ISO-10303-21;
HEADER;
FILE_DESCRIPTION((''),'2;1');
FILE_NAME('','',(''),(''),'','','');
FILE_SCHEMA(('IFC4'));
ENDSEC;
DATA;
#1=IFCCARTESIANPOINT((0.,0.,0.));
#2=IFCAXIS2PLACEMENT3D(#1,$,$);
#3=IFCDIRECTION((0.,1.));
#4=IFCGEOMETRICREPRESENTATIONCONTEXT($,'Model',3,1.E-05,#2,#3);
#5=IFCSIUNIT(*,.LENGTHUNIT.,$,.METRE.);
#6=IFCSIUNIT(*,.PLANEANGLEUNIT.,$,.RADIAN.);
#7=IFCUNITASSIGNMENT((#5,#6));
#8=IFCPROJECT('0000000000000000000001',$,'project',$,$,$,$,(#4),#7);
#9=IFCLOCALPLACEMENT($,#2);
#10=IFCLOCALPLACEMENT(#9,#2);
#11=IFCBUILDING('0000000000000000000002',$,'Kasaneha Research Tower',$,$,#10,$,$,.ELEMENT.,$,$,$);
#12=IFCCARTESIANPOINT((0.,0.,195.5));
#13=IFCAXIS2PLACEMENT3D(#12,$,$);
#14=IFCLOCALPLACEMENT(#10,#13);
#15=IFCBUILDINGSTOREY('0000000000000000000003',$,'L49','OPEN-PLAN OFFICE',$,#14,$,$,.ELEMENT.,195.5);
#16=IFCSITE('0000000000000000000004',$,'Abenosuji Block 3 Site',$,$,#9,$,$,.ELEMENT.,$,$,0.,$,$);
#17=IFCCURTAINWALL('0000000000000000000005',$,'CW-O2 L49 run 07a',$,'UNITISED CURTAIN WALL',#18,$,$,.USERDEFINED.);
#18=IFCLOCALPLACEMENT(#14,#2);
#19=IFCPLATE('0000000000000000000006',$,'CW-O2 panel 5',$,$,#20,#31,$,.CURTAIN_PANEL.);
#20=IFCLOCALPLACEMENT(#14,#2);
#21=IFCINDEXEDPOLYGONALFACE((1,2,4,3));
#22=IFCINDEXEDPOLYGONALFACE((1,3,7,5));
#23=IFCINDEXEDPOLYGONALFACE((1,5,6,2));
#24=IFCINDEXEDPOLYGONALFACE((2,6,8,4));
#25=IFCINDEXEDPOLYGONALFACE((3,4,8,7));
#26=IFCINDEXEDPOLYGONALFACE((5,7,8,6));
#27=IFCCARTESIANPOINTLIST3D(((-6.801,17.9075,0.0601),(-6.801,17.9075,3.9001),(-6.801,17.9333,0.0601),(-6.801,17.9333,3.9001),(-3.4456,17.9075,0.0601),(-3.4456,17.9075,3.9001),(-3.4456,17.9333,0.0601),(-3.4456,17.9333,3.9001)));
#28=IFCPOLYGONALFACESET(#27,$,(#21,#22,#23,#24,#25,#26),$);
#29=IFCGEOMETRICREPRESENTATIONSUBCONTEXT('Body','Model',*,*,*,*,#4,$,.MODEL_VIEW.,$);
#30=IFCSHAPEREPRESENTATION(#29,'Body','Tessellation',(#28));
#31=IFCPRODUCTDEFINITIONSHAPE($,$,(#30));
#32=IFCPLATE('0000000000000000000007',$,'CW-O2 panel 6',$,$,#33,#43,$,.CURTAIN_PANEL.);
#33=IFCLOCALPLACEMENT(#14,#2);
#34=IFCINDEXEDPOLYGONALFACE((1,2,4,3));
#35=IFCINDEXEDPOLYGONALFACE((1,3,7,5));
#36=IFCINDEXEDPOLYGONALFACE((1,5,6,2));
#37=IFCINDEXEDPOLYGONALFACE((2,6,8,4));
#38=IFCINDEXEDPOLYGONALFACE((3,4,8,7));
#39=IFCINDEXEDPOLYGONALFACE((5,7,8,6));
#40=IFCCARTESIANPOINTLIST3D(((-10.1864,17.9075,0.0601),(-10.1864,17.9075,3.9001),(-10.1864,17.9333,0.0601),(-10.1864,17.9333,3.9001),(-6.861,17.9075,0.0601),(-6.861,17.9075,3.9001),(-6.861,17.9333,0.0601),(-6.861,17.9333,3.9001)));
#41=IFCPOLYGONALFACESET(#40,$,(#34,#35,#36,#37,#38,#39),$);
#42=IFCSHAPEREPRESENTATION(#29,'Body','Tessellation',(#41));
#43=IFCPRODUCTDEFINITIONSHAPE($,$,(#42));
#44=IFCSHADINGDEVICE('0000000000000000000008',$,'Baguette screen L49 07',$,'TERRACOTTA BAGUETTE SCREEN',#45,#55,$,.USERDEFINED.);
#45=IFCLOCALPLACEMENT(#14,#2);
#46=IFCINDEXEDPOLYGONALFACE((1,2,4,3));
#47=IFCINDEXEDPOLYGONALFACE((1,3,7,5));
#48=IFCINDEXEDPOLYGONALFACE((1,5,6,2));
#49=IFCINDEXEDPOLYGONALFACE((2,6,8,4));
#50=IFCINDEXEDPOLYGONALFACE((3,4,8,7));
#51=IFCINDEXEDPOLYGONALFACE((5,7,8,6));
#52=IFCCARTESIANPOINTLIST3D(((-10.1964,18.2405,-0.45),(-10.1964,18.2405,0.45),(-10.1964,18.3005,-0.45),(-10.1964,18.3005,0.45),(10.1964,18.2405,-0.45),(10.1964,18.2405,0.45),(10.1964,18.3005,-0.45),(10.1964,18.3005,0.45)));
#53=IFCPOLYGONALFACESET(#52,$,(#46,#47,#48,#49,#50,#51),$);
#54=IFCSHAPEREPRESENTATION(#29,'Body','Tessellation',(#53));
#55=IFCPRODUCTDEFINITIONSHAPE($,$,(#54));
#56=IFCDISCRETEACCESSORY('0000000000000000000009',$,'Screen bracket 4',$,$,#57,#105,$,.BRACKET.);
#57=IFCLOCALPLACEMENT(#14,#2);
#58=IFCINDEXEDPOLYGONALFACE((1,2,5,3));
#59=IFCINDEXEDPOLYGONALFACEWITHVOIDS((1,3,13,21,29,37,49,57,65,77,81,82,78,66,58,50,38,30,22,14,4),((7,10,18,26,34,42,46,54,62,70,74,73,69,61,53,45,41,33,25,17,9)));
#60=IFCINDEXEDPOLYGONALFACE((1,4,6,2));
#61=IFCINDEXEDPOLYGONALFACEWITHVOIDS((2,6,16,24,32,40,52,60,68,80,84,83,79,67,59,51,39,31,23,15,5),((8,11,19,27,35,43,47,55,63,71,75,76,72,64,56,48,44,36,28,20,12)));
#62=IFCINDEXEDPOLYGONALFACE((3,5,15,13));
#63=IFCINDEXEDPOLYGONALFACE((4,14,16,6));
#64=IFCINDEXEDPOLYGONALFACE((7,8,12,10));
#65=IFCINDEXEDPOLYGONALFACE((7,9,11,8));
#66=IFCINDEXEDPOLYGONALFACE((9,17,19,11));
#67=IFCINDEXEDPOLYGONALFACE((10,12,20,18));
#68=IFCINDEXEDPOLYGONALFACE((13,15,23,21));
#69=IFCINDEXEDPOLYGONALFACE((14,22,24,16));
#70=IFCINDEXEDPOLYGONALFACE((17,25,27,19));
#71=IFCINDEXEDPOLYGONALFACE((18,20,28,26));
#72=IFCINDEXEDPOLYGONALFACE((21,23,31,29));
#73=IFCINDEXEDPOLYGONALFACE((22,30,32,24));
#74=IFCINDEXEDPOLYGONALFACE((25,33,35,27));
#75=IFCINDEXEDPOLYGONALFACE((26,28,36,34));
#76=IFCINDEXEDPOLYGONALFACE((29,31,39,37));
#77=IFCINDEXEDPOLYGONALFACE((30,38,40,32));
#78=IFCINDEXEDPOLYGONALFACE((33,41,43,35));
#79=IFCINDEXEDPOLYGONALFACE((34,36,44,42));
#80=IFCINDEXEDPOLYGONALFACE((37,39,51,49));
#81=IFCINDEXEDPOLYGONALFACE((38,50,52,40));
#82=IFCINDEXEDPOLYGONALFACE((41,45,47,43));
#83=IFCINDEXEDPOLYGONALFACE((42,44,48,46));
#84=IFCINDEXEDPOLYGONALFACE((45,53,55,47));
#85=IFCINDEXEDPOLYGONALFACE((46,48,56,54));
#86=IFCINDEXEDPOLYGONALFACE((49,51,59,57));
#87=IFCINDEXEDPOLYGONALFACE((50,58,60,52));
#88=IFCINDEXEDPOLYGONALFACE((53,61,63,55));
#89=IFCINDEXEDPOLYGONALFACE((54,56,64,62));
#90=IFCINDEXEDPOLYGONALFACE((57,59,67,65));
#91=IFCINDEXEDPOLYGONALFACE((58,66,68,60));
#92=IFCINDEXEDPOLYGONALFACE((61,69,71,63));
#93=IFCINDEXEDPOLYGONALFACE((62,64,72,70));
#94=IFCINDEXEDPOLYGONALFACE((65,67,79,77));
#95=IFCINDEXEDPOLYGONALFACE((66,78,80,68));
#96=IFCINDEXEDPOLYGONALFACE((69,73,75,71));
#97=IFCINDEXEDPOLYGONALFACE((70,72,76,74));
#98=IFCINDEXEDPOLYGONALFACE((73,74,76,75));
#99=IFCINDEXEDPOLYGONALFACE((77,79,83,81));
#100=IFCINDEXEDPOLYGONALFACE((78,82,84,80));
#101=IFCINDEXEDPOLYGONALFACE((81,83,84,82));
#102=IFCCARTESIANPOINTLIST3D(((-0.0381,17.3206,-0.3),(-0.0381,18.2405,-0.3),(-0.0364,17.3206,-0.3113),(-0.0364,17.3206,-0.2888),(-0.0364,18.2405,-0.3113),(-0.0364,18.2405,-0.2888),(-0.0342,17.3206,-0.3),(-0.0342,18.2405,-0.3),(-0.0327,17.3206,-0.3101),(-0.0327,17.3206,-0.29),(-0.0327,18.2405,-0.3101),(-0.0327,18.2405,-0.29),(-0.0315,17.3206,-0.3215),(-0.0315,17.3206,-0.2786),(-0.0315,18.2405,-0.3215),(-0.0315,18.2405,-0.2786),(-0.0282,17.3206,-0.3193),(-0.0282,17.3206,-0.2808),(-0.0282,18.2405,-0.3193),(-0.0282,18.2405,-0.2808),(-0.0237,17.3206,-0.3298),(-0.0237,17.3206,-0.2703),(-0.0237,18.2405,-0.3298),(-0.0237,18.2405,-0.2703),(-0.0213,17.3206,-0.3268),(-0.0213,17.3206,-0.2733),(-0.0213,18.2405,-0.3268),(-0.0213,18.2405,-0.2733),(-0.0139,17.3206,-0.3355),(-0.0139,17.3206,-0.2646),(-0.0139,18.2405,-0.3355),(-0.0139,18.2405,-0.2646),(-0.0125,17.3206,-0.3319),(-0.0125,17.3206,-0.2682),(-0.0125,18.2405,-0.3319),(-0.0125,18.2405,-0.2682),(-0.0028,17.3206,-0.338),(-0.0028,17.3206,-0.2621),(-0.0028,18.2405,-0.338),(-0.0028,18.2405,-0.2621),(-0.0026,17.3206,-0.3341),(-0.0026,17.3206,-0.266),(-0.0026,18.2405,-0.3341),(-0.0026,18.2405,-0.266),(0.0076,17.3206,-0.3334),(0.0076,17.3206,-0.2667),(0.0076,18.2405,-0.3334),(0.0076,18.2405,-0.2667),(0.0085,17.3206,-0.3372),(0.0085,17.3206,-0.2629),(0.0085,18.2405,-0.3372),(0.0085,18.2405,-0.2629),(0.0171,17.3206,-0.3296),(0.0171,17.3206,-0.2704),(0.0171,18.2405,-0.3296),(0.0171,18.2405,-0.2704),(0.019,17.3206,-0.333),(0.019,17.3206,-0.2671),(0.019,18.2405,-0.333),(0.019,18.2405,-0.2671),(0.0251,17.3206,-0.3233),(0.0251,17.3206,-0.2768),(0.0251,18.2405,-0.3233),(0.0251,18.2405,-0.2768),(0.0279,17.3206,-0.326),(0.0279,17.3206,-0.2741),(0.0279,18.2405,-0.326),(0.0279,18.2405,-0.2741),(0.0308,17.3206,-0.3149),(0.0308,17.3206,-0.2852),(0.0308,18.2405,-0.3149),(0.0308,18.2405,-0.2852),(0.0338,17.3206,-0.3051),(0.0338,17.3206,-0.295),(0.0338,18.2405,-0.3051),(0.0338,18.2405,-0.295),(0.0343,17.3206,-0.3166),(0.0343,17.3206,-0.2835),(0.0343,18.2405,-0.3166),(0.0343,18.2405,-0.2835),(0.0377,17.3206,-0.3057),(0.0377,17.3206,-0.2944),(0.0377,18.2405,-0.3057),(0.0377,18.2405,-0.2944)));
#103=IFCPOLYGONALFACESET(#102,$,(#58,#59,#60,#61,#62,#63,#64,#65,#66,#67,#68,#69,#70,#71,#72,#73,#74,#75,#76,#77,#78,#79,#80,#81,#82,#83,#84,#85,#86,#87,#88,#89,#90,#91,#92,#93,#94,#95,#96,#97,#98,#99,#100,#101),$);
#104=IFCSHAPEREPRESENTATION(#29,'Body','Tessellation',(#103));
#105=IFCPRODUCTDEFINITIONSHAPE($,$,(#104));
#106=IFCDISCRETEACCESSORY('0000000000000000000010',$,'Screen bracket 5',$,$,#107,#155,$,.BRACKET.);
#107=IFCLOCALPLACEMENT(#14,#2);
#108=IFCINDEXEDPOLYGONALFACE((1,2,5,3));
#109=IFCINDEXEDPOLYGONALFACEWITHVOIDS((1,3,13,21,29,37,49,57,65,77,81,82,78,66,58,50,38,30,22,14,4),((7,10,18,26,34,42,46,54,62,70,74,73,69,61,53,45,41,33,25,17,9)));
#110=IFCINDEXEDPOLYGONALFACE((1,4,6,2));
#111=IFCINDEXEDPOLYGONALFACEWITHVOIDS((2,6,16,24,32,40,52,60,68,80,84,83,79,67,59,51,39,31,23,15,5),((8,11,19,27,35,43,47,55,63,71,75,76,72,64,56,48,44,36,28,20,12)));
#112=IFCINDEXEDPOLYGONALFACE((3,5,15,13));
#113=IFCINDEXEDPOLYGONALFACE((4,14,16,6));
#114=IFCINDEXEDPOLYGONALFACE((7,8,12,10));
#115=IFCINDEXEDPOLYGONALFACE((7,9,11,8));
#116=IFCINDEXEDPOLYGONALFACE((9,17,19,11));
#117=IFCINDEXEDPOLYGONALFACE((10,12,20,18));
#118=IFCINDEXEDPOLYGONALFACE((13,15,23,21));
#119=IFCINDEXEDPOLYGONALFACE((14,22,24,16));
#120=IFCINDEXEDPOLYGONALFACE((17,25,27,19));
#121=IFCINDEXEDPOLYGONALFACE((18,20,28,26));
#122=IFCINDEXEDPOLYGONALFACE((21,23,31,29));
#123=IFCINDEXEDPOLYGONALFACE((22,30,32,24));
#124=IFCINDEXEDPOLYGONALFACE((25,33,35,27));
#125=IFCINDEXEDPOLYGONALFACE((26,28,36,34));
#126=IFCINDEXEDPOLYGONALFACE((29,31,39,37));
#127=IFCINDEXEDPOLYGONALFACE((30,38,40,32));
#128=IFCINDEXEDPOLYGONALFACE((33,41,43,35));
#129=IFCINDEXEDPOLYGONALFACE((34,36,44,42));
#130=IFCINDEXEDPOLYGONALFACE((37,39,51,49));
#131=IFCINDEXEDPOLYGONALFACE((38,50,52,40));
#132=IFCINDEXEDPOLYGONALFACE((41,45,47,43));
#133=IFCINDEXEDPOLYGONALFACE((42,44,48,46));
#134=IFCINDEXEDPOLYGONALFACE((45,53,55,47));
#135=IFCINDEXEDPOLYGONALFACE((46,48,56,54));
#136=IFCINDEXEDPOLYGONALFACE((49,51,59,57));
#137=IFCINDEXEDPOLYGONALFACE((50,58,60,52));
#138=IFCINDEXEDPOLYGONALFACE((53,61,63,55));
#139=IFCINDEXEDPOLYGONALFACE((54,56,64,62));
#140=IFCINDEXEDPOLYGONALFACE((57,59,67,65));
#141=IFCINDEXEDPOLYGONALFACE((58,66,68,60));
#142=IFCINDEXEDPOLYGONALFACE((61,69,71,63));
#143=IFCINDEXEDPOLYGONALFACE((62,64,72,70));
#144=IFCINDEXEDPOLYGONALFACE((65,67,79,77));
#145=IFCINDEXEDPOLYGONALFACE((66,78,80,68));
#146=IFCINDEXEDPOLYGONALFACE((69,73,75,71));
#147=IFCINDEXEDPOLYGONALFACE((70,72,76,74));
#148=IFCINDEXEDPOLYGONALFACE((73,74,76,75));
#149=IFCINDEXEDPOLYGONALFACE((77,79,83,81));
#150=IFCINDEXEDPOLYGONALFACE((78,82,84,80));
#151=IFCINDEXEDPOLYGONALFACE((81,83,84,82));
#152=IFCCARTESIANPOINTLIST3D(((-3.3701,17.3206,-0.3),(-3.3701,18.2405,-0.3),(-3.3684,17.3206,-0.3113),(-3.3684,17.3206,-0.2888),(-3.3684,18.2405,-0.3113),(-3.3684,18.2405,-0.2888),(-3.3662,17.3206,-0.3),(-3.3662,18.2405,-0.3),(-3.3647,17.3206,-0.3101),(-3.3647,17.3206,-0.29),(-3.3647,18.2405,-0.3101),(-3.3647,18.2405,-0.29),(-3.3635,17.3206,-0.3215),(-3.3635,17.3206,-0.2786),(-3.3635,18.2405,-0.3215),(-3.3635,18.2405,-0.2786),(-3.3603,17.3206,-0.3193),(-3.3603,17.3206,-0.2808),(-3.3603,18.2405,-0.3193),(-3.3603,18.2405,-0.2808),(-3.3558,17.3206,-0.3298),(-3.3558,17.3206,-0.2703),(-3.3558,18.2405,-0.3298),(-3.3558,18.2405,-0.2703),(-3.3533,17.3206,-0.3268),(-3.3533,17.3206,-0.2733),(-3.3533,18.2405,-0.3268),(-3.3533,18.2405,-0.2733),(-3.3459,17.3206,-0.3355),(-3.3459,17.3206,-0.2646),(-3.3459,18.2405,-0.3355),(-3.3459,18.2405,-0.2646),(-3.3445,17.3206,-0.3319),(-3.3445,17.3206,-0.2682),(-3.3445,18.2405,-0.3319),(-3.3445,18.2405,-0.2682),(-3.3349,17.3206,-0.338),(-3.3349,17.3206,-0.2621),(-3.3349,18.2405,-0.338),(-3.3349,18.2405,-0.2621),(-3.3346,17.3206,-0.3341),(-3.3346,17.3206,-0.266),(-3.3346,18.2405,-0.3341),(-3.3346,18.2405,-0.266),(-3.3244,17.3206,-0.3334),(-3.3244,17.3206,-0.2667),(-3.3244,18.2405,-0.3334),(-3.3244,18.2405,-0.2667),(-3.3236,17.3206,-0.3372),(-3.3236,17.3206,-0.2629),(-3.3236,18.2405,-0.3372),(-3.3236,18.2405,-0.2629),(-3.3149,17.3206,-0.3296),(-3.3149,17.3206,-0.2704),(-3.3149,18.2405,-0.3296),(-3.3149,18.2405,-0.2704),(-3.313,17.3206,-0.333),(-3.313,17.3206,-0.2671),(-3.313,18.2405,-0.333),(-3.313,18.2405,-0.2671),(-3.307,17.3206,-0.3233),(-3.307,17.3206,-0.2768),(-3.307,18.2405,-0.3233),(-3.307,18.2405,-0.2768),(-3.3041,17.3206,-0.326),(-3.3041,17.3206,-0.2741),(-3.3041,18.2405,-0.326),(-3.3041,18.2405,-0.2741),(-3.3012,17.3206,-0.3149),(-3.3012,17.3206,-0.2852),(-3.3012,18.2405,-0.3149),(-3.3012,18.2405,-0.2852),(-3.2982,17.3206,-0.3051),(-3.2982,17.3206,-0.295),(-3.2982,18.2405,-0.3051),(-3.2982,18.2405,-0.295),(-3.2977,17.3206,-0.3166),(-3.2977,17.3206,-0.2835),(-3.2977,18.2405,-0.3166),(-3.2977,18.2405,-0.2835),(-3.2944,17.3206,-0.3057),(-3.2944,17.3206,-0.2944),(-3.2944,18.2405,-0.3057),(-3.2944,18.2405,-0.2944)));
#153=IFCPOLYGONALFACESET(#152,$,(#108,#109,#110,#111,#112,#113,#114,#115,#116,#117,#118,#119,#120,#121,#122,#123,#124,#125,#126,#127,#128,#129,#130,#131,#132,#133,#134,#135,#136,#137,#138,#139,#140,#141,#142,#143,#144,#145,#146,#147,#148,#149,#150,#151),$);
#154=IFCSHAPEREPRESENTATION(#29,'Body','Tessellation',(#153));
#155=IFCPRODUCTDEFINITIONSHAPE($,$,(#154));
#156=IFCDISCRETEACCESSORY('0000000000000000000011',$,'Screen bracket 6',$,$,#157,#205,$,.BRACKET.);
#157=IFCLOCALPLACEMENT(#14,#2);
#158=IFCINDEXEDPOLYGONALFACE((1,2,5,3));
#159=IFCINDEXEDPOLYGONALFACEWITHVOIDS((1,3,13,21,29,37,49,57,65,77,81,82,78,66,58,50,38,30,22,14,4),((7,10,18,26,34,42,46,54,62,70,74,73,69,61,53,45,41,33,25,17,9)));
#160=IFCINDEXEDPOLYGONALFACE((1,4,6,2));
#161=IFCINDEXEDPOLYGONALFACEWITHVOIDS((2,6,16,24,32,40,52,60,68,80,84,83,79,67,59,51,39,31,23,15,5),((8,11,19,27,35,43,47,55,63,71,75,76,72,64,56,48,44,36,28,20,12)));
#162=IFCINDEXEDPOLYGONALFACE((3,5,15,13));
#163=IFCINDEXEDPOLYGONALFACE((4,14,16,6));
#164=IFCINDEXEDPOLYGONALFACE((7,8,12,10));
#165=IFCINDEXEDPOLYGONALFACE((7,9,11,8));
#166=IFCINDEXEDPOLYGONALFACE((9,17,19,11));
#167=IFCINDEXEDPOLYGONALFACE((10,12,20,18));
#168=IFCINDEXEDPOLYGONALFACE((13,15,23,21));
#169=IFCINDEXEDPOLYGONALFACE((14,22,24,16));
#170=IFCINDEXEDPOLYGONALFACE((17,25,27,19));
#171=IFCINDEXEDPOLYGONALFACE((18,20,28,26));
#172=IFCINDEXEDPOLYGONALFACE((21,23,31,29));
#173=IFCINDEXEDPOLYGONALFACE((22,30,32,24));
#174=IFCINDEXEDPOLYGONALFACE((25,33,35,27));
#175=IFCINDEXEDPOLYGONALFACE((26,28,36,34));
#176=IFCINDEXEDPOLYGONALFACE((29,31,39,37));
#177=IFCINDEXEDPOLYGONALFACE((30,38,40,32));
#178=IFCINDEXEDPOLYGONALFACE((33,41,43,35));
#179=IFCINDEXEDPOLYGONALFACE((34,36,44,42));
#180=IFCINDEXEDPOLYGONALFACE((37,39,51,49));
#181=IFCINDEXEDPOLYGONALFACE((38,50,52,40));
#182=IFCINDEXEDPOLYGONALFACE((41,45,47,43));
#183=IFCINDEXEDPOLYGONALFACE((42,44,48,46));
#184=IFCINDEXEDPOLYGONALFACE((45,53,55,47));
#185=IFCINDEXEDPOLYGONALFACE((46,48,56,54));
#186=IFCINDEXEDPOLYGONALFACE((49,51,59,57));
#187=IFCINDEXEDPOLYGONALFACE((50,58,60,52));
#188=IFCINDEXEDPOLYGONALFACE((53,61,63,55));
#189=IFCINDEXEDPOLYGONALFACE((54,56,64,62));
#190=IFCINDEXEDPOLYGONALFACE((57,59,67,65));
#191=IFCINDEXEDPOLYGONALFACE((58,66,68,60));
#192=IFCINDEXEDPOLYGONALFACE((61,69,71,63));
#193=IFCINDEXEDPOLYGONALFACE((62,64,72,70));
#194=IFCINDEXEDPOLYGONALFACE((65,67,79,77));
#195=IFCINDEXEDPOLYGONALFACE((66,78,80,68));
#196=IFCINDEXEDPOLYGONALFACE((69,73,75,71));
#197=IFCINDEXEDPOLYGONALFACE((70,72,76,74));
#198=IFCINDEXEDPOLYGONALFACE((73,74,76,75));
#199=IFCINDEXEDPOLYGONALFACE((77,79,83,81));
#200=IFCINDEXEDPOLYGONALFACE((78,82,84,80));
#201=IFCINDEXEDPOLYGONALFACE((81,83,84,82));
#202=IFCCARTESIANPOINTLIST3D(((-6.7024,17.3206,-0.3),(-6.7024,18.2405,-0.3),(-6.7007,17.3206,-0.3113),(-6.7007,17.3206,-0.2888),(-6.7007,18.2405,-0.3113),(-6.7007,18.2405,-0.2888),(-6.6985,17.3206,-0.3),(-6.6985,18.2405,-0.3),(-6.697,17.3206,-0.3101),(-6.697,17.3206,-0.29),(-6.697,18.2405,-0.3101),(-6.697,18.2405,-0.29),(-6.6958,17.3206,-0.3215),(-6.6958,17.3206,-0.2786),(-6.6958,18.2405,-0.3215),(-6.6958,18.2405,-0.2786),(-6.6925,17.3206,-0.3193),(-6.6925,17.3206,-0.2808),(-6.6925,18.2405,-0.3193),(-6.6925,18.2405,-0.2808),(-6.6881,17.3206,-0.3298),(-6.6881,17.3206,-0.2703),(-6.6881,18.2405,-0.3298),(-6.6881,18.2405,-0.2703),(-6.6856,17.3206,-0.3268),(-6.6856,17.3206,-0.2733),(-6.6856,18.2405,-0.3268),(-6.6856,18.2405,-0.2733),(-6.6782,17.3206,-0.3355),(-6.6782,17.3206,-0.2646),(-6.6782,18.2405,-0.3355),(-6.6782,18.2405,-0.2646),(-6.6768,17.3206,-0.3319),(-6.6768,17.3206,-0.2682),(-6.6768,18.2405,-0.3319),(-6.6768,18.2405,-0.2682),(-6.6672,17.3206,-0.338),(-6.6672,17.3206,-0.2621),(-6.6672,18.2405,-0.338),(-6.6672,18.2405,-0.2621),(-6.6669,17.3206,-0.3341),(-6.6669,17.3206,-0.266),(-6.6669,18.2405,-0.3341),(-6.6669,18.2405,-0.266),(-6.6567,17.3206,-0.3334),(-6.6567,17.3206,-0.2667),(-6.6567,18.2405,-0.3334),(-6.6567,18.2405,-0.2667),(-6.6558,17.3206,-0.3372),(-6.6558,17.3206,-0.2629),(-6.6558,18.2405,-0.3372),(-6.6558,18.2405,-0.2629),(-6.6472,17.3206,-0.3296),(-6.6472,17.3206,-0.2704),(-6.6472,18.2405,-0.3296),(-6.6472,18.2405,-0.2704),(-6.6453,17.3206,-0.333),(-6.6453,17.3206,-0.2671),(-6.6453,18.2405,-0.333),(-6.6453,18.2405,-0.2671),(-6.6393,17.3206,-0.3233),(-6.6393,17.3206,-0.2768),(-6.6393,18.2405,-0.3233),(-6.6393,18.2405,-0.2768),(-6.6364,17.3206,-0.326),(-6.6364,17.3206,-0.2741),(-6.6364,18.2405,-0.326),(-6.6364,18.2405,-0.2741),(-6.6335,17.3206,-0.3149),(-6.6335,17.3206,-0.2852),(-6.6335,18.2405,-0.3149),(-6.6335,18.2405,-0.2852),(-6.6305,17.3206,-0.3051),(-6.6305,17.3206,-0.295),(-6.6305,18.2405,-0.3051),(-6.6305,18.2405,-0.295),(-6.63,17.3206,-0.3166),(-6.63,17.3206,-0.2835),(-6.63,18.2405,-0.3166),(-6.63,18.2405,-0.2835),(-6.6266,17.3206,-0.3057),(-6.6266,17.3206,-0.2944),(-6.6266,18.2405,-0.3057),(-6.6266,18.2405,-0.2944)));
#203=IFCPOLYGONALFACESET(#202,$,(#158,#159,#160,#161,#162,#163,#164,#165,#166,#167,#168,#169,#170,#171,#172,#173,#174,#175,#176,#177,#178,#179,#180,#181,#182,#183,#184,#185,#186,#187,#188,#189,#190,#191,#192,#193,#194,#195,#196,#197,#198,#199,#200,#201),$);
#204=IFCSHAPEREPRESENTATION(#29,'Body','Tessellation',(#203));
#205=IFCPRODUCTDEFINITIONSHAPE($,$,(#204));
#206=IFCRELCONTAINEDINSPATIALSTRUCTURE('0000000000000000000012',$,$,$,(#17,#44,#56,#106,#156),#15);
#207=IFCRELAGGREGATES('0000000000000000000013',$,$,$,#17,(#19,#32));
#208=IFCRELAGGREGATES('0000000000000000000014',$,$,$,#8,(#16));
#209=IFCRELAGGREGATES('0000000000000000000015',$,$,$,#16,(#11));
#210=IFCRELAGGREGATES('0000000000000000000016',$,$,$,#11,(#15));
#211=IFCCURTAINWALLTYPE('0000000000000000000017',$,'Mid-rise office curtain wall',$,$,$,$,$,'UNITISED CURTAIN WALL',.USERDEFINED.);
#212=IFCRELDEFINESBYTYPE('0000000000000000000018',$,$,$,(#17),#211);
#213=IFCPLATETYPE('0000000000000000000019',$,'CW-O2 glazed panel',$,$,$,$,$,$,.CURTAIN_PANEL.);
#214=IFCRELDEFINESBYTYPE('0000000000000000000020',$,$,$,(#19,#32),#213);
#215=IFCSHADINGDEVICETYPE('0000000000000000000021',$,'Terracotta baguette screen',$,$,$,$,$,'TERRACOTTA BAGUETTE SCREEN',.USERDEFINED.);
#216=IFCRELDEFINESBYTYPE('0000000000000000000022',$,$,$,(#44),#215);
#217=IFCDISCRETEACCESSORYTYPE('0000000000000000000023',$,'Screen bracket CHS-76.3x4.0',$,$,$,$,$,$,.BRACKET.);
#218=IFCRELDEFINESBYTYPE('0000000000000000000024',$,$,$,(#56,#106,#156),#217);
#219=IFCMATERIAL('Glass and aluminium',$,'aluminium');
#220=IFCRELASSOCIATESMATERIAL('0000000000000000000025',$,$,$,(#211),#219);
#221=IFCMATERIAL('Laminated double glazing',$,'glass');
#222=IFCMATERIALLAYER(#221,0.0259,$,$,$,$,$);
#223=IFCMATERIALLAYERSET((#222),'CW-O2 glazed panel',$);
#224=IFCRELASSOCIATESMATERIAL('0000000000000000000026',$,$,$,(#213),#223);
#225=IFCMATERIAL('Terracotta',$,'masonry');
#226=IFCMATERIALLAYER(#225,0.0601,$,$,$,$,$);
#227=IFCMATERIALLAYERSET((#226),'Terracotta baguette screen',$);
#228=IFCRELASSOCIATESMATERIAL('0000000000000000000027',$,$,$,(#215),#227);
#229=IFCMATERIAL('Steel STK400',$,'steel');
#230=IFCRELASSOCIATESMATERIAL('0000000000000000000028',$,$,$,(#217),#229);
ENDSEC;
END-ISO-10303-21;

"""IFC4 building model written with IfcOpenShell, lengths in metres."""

from ifc_helpers import new_model, si_unit, direction, frame, origin, origin_2d, place, context, subcontext, project, spatial, rectangle, hollow_circle, extrude, material, layer, layer_set, material_profile, profile_set, type_object, element, aggregate, save


model = new_model("IFC4")

# Units and contexts
model_context = context("Model", 3, precision=1e-05, world=origin(), true_north=direction((0.0, 1.0)))
body_context = subcontext(model_context, "Body", "Model", "MODEL_VIEW")
ifc_project = project(units=[si_unit("LENGTHUNIT", "METRE"), si_unit("PLANEANGLEUNIT", "RADIAN")], contexts=[model_context])

# Site, building, storey
site_placement = place(None, origin())
site = spatial("IfcSite", under=ifc_project, at=site_placement, Name="Abenosuji Block 3 Site", CompositionType="ELEMENT", RefElevation=0.0)
building_placement = place(site_placement, origin())
building = spatial("IfcBuilding", under=site, at=building_placement, Name="Kasaneha Research Tower", CompositionType="ELEMENT")
storey_placement = place(building_placement, frame((0.0, 0.0, 195.5)))
storey = spatial("IfcBuildingStorey", under=building, at=storey_placement, Name="L49", Description="OPEN-PLAN OFFICE", CompositionType="ELEMENT", Elevation=195.5)

# Curtain wall, plates
ifc_material_1 = material(Name="Glass and aluminium", Category="aluminium")
curtain_wall_type = type_object("IfcCurtainWallType", Name="Mid-rise office curtain wall", ElementType="UNITISED CURTAIN WALL", PredefinedType="USERDEFINED", material=ifc_material_1)
curtain_wall_placement = place(storey_placement, origin())
curtain_wall = element("IfcCurtainWall", 1, at=curtain_wall_placement, inside=storey, type_object=curtain_wall_type, Name="CW-O2 L49 run 07a", ObjectType="UNITISED CURTAIN WALL", PredefinedType="USERDEFINED")
ifc_material_2 = material(Name="Laminated double glazing", Category="glass")
ifc_layer_1 = layer(ifc_material_2, 0.0259)
ifc_layer_set_1 = layer_set([ifc_layer_1], Name="CW-O2 glazed panel")
plate_type = type_object("IfcPlateType", Name="CW-O2 glazed panel", PredefinedType="CURTAIN_PANEL", material=ifc_layer_set_1)
plate_1_placement = place(storey_placement, frame((-5.1233, 17.9204, 0.0601), z_axis=(0.0, 0.0, 1.0), x_axis=(-1.0, 0.0, 0.0)))
plate_1 = element("IfcPlate", 2, at=plate_1_placement, type_object=plate_type, Name="CW-O2 panel 5", PredefinedType="CURTAIN_PANEL", context=body_context, shape_type="SweptSolid", body=[
    extrude(rectangle(XDim=3.3555, YDim=0.0259, at=origin_2d()), origin(), (0.0, 0.0, 1.0), 3.8401),
])
plate_2_placement = place(storey_placement, frame((-8.5237, 17.9204, 0.0601), z_axis=(0.0, 0.0, 1.0), x_axis=(-1.0, 0.0, 0.0)))
plate_2 = element("IfcPlate", 3, at=plate_2_placement, type_object=plate_type, Name="CW-O2 panel 6", PredefinedType="CURTAIN_PANEL", context=body_context, shape_type="SweptSolid", body=[
    extrude(rectangle(XDim=3.3254, YDim=0.0259, at=origin_2d()), origin(), (0.0, 0.0, 1.0), 3.8401),
])
aggregate(curtain_wall, [plate_1, plate_2])

# Shading device
ifc_material_3 = material(Name="Terracotta", Category="masonry")
ifc_layer_2 = layer(ifc_material_3, 0.0601)
ifc_layer_set_2 = layer_set([ifc_layer_2], Name="Terracotta baguette screen")
shading_device_type = type_object("IfcShadingDeviceType", Name="Terracotta baguette screen", ElementType="TERRACOTTA BAGUETTE SCREEN", PredefinedType="USERDEFINED", material=ifc_layer_set_2)
shading_device_placement = place(storey_placement, frame((0.0, 18.2705, -0.45), z_axis=(0.0, 0.0, 1.0), x_axis=(-1.0, 0.0, 0.0)))
element("IfcShadingDevice", 4, at=shading_device_placement, inside=storey, type_object=shading_device_type, Name="Baguette screen L49 07", ObjectType="TERRACOTTA BAGUETTE SCREEN", PredefinedType="USERDEFINED", context=body_context, shape_type="SweptSolid", body=[
    extrude(rectangle(XDim=20.3928, YDim=0.0601, at=origin_2d()), origin(), (0.0, 0.0, 1.0), 0.8999),
])

# Discrete accessories
ifc_material_4 = material(Name="Steel STK400", Category="steel")
ifc_material_profile_1 = material_profile(ifc_material_4, hollow_circle(Radius=0.0381, WallThickness=0.0039, at=origin_2d()), Name="CHS-76.3x4.0")
ifc_profile_set_1 = profile_set([ifc_material_profile_1], Name="Steel STK400")
discrete_accessory_type = type_object("IfcDiscreteAccessoryType", Name="Screen bracket CHS-76.3x4.0", PredefinedType="BRACKET", material=ifc_profile_set_1)
for number, where, z_axis, x_axis, name in (
    (5, (0.0, 17.3206, -0.3), (0.0, 1.0, 0.0), (-1.0, 0.0, 0.0), "Screen bracket 4"),
    (6, (-3.332, 17.3206, -0.3), (0.0, 1.0, 0.0), (-1.0, 0.0, 0.0), "Screen bracket 5"),
    (7, (-6.6643, 17.3206, -0.3), (0.0, 1.0, 0.0), (-1.0, 0.0, 0.0), "Screen bracket 6"),
):
    element("IfcDiscreteAccessory", number, at=place(storey_placement, frame(where, z_axis=z_axis, x_axis=x_axis)), inside=storey, type_object=discrete_accessory_type, Name=name, PredefinedType="BRACKET", context=body_context, shape_type="SweptSolid", body=[
        extrude(hollow_circle(Radius=0.0381, WallThickness=0.0039, at=origin_2d()), origin(), (0.0, 0.0, 1.0), 0.9199),
    ])

save(model, "model.ifc")
